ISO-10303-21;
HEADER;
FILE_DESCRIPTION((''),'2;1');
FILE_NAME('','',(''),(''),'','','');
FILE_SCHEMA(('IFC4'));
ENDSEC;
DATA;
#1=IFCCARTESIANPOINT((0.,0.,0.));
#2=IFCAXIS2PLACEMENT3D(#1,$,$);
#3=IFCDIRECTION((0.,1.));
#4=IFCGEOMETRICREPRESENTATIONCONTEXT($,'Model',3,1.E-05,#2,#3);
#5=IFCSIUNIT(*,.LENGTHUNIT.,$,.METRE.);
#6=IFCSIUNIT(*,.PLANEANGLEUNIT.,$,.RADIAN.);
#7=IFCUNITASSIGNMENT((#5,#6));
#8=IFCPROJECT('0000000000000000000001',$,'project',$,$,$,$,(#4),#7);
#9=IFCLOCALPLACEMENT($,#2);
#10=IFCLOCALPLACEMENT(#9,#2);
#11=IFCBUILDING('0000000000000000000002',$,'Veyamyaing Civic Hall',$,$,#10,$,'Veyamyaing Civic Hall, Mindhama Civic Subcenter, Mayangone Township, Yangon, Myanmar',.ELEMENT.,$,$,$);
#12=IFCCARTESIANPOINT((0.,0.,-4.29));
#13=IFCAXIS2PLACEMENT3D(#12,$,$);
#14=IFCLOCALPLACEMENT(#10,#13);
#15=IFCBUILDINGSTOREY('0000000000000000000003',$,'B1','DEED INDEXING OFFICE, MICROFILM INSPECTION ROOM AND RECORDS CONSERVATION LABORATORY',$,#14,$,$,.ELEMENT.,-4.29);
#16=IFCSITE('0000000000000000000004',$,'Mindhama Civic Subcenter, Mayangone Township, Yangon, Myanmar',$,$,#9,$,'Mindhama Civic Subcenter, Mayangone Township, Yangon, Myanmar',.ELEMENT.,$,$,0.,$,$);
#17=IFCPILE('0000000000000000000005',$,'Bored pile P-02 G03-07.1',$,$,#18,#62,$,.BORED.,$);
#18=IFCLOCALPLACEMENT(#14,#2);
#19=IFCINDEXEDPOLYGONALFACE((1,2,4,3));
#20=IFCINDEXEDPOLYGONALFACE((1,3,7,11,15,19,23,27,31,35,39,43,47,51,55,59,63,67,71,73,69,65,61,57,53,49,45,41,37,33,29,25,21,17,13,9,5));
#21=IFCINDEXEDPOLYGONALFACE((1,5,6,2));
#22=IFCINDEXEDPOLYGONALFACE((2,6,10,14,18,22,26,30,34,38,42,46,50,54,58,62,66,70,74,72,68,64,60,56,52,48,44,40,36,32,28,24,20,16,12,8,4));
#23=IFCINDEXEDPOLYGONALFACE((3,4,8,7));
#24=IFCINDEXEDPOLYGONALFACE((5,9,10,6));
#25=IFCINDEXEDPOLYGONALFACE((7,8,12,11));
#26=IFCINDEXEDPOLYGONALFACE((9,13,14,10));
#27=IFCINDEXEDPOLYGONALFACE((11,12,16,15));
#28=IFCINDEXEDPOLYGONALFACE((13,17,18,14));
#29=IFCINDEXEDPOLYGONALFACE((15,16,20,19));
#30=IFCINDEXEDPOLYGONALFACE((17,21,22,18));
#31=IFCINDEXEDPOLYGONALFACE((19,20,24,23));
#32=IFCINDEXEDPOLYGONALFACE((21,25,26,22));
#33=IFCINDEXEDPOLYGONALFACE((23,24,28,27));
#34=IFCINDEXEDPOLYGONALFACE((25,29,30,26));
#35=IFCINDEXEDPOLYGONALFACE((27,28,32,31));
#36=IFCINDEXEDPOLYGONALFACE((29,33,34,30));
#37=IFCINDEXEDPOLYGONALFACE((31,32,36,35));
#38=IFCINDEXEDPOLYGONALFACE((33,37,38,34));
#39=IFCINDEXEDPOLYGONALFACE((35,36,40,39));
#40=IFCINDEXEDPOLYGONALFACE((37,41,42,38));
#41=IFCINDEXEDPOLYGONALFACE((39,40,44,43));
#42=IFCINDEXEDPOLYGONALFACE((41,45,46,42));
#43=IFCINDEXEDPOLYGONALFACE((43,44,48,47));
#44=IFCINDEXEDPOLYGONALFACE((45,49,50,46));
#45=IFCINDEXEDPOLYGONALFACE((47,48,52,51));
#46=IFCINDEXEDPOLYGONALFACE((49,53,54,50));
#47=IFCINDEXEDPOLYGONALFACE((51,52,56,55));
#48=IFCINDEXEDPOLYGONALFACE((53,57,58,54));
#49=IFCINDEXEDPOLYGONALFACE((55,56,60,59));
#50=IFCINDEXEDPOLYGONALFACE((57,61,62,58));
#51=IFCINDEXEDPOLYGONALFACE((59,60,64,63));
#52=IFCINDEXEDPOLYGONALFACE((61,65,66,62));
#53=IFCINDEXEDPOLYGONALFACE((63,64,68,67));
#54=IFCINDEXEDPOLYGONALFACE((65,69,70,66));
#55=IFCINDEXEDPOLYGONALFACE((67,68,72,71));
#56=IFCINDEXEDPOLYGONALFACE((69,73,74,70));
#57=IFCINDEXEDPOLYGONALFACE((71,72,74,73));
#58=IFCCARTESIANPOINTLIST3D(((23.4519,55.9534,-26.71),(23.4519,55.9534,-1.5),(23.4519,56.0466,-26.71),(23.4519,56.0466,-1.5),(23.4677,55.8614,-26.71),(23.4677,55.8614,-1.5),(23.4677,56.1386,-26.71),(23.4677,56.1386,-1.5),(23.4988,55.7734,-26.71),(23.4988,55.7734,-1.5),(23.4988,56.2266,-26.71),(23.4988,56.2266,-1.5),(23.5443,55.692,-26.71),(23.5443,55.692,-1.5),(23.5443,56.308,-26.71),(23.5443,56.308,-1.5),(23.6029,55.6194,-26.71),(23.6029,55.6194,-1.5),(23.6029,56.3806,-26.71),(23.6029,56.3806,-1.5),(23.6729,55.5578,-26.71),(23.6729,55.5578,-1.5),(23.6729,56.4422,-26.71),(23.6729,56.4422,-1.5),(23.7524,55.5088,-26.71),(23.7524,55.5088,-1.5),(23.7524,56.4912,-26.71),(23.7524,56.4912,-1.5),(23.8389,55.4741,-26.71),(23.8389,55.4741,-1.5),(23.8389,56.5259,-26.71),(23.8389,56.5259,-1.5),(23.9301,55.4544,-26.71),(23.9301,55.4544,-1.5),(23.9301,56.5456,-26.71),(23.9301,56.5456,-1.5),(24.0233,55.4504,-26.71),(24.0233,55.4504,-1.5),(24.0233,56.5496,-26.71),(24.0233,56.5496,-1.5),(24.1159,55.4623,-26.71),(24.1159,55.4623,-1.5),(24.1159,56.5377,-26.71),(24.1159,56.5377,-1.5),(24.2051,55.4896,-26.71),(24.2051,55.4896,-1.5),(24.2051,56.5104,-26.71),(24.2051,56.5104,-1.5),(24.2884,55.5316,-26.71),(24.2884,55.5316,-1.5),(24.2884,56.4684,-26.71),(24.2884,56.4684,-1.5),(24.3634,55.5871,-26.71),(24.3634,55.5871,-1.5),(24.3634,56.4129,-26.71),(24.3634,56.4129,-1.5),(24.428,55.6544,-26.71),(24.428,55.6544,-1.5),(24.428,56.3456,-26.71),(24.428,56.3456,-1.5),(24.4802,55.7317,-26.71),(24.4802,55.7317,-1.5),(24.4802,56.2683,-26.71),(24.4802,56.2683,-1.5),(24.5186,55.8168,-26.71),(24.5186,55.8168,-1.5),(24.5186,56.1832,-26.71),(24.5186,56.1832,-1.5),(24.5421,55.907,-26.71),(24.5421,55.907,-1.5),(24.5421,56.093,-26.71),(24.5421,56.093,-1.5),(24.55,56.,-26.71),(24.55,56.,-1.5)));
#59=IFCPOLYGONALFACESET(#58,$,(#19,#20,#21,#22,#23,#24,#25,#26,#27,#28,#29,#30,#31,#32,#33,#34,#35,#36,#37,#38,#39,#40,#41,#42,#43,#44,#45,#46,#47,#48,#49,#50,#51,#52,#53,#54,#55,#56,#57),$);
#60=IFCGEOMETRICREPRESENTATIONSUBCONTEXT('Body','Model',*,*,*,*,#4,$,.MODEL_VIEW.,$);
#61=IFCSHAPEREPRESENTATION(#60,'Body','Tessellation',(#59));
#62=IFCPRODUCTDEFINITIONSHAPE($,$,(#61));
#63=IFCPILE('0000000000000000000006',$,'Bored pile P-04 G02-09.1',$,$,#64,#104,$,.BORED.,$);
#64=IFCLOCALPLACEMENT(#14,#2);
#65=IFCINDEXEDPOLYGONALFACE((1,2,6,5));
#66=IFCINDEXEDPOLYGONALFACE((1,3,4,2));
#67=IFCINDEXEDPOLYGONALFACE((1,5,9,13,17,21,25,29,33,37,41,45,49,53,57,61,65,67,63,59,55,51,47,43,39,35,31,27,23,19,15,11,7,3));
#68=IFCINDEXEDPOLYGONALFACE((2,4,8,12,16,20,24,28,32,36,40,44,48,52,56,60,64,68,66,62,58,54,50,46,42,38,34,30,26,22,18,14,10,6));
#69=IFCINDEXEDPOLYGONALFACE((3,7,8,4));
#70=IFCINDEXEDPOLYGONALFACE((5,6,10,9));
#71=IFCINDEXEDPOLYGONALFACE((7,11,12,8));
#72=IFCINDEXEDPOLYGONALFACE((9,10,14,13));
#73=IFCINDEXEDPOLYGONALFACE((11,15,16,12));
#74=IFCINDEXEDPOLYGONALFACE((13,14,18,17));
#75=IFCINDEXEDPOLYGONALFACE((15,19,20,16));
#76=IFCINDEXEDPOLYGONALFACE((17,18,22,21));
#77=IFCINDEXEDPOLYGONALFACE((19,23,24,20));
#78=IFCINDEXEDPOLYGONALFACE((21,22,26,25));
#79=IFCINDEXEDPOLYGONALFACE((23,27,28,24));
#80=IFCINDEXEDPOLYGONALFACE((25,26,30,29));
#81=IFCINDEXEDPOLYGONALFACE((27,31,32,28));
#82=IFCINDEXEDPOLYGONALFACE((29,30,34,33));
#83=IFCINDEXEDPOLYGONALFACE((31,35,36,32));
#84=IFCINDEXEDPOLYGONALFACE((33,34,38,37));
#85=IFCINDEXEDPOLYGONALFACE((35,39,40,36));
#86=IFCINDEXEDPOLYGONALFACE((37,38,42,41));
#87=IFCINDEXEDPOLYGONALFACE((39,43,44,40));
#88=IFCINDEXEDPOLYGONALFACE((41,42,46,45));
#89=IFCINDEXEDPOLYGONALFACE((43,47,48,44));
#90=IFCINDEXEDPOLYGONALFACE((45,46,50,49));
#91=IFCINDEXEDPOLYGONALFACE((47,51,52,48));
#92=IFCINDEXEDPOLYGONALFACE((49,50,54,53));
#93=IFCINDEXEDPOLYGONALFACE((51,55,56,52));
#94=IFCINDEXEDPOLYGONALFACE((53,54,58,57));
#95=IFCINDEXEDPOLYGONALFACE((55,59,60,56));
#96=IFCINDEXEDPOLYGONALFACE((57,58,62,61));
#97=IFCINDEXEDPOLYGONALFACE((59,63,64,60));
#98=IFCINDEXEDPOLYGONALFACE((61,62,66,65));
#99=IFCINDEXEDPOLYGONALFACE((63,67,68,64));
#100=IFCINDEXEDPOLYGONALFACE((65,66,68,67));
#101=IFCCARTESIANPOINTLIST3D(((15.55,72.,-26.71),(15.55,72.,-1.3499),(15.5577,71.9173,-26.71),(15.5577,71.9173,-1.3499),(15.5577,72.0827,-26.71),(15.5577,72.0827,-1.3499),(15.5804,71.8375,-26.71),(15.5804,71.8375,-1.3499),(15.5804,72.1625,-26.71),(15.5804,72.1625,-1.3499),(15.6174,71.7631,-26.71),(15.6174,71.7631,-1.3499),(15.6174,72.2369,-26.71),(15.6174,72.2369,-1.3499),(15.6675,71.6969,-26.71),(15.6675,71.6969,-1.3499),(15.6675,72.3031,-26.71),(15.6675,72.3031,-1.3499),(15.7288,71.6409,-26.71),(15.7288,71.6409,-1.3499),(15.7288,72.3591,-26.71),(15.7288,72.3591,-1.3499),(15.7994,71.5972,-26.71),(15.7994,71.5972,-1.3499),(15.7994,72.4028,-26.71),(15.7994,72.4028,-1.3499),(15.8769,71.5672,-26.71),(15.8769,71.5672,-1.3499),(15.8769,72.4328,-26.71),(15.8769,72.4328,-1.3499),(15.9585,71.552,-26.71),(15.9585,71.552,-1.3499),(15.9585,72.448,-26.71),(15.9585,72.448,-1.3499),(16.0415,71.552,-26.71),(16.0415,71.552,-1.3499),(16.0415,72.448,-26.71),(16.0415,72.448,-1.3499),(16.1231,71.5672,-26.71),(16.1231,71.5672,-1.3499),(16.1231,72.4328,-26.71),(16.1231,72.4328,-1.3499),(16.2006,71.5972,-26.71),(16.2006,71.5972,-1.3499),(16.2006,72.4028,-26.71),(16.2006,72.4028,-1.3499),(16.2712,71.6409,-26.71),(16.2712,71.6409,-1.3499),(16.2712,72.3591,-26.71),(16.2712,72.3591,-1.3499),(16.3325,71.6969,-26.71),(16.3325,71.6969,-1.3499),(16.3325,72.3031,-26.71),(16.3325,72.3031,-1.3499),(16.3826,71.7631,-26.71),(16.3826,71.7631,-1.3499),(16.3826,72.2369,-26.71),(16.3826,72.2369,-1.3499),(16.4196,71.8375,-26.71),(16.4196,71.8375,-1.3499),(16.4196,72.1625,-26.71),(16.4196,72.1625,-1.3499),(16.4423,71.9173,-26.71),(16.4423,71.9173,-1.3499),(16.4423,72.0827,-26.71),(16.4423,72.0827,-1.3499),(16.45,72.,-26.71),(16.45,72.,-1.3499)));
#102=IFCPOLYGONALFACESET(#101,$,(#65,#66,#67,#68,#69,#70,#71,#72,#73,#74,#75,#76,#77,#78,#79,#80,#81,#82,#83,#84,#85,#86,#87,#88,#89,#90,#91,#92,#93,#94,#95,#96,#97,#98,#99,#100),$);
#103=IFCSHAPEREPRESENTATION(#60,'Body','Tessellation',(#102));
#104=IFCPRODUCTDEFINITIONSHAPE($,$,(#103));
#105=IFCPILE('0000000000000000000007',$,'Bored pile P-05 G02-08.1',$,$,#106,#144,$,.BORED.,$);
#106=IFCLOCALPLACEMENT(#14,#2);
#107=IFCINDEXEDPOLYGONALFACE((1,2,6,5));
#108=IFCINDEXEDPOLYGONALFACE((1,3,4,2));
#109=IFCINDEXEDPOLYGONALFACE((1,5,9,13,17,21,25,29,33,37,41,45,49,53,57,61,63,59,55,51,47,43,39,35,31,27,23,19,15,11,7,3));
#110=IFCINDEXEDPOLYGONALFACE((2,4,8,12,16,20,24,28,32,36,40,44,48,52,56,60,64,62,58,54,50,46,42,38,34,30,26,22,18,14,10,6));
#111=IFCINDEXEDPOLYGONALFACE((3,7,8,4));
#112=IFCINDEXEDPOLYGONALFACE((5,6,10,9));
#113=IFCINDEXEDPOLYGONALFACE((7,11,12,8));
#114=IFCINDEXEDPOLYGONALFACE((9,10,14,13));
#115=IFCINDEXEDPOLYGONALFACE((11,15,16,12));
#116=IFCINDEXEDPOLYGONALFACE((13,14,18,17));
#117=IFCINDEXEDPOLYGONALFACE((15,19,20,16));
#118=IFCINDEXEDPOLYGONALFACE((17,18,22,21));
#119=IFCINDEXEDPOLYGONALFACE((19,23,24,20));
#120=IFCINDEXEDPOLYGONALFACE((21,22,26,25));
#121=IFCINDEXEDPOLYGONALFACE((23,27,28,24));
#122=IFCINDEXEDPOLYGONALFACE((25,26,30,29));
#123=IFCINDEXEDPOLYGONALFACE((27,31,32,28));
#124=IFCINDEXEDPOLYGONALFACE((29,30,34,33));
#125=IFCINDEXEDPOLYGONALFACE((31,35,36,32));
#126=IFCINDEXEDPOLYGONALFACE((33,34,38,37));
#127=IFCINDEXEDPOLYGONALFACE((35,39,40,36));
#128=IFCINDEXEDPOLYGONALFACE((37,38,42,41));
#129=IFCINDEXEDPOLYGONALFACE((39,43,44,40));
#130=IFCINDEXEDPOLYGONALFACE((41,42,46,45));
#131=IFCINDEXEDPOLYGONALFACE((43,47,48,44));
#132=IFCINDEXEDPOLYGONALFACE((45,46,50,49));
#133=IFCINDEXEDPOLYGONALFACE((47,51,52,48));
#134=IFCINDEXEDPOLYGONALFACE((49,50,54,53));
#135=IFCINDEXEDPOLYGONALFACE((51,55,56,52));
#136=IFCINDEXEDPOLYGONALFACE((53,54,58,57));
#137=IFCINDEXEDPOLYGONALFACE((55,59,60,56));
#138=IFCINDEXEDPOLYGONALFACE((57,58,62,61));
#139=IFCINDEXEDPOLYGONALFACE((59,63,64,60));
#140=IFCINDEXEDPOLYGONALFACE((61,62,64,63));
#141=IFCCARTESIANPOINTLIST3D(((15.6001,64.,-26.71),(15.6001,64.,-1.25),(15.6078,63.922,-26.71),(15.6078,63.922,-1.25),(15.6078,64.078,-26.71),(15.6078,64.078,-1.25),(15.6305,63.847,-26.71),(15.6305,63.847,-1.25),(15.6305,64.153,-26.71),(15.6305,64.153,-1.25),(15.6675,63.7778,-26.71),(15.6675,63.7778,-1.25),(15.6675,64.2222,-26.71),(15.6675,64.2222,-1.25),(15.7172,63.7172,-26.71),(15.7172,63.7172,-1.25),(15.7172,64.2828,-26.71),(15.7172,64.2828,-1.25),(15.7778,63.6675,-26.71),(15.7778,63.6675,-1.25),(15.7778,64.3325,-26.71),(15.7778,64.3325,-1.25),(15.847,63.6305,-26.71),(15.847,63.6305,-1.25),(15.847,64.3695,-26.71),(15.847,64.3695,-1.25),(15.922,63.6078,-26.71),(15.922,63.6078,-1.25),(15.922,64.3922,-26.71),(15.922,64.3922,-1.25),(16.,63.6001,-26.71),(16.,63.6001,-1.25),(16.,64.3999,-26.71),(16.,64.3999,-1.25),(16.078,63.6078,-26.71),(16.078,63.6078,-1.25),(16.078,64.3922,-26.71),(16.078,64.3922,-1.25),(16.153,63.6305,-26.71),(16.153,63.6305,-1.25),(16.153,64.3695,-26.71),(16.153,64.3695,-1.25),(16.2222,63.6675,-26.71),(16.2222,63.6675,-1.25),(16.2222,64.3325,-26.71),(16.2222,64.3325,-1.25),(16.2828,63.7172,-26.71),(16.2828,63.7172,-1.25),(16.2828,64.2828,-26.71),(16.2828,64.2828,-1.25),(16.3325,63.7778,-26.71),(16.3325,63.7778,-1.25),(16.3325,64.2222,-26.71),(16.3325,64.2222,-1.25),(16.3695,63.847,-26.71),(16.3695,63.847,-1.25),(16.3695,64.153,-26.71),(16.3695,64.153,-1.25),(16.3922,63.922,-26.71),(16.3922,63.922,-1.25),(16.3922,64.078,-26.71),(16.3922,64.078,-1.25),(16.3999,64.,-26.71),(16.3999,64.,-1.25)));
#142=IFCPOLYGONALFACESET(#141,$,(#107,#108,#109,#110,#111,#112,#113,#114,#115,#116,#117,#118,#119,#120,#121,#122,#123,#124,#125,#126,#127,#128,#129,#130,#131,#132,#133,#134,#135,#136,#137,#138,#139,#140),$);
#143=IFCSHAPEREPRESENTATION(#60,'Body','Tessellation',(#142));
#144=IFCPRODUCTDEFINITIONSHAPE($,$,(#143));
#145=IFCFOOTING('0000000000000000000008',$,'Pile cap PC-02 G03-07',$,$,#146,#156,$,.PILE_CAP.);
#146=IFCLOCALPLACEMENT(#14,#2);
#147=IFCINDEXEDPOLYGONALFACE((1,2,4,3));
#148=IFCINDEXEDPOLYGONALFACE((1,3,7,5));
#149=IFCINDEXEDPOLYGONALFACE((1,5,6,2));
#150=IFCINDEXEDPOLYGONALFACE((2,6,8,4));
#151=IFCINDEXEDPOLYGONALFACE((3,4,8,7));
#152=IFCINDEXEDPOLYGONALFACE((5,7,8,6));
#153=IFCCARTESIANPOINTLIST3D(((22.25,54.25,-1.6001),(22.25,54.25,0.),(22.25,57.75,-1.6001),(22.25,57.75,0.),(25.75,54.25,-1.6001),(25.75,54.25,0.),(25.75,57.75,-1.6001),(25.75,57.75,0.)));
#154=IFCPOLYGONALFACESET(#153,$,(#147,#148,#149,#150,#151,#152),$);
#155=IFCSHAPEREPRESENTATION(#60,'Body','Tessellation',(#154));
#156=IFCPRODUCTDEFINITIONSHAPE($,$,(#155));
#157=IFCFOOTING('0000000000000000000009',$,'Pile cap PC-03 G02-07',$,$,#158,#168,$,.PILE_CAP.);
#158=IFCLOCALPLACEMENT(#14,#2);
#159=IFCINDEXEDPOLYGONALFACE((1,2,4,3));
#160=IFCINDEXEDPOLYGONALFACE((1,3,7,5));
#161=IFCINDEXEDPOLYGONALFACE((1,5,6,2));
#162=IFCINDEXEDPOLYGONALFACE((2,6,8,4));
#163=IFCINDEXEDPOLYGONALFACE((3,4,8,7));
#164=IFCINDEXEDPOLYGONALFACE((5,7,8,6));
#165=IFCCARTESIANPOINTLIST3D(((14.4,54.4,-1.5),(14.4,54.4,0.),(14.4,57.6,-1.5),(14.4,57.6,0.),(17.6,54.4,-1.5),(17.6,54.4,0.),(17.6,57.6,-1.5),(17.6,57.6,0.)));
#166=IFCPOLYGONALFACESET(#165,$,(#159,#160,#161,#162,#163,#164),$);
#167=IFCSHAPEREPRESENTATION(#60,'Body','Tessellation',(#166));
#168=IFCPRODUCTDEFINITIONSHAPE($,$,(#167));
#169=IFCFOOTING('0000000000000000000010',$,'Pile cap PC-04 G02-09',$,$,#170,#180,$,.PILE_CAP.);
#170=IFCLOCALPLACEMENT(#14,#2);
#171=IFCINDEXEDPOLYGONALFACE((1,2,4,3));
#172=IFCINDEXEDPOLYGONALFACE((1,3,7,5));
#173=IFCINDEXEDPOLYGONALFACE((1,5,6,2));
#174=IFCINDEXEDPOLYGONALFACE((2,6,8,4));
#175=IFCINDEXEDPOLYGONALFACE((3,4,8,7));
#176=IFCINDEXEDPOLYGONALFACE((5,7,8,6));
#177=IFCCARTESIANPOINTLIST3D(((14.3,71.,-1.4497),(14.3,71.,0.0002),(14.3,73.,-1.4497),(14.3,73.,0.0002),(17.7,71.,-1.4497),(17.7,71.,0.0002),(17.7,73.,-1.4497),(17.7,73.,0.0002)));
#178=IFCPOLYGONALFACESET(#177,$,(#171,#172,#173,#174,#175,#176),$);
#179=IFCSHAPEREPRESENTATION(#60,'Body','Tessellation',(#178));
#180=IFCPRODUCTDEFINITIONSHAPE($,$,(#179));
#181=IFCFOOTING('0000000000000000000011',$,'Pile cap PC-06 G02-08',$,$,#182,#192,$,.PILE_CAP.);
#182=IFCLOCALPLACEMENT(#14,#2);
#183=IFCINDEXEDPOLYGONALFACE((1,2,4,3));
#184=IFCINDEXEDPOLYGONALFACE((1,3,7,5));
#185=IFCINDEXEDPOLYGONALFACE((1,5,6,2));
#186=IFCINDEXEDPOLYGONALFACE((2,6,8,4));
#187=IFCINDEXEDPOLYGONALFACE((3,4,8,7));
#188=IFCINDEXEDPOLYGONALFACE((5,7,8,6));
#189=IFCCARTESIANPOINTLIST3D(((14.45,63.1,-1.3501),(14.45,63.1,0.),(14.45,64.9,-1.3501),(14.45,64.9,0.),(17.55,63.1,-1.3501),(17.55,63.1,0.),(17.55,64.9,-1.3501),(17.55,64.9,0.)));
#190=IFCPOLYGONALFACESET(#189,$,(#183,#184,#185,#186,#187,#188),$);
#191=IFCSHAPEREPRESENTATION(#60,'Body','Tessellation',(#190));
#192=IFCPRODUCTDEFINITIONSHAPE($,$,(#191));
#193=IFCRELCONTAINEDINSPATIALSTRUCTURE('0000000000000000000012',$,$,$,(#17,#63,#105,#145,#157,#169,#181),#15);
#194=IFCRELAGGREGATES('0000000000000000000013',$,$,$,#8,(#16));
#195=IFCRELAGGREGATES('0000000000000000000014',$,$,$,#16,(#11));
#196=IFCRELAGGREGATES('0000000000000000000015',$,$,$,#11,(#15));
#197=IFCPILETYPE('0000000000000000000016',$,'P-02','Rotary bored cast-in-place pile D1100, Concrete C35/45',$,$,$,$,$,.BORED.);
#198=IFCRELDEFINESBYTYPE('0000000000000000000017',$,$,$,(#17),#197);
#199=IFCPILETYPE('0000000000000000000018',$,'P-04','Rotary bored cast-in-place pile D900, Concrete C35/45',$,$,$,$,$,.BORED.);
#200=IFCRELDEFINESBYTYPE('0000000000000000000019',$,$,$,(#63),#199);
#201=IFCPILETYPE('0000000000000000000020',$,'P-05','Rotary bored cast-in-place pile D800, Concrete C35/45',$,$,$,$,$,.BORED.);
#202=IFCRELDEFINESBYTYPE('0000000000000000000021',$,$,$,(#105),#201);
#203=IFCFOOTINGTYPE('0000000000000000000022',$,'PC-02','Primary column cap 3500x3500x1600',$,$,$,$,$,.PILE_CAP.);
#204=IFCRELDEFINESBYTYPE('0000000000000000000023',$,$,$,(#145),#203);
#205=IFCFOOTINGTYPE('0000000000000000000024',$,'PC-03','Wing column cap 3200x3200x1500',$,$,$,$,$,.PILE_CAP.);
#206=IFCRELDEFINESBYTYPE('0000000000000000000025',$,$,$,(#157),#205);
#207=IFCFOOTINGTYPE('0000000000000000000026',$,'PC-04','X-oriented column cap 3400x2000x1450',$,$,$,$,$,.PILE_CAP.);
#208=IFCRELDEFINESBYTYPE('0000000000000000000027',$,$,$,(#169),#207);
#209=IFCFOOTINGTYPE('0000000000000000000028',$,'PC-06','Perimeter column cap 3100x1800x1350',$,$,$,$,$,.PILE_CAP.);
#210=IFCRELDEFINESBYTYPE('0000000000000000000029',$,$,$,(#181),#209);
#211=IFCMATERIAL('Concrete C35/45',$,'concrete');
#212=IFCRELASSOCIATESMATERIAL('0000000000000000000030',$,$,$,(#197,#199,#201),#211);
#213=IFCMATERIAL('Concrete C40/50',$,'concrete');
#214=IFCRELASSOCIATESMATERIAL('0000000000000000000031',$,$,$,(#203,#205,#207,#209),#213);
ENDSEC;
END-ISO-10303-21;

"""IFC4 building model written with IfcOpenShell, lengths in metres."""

from ifc_helpers import new_model, si_unit, direction, frame, origin, origin_2d, place, context, subcontext, project, spatial, rectangle, circle, extrude, material, material_profile, profile_set, type_object, element, save


model = new_model("IFC4")

# Units and contexts
model_context = context("Model", 3, precision=1e-05, world=origin(), true_north=direction((0.0, 1.0)))
body_context = subcontext(model_context, "Body", "Model", "MODEL_VIEW")
ifc_project = project(units=[si_unit("LENGTHUNIT", "METRE"), si_unit("PLANEANGLEUNIT", "RADIAN")], contexts=[model_context])

# Site, building, storey
site_placement = place(None, origin())
site = spatial("IfcSite", under=ifc_project, at=site_placement, Name="Mindhama Civic Subcenter, Mayangone Township, Yangon, Myanmar", LongName="Mindhama Civic Subcenter, Mayangone Township, Yangon, Myanmar", CompositionType="ELEMENT", RefElevation=0.0)
building_placement = place(site_placement, origin())
building = spatial("IfcBuilding", under=site, at=building_placement, Name="Veyamyaing Civic Hall", LongName="Veyamyaing Civic Hall, Mindhama Civic Subcenter, Mayangone Township, Yangon, Myanmar", CompositionType="ELEMENT")
storey_placement = place(building_placement, frame((0.0, 0.0, -4.29)))
storey = spatial("IfcBuildingStorey", under=building, at=storey_placement, Name="B1", Description="DEED INDEXING OFFICE, MICROFILM INSPECTION ROOM AND RECORDS CONSERVATION LABORATORY", CompositionType="ELEMENT", Elevation=-4.29)

# Shared definitions
ifc_material_1 = material(Name="Concrete C40/50", Category="concrete")

# Piles
ifc_material_2 = material(Name="Concrete C35/45", Category="concrete")
ifc_material_profile_1 = material_profile(ifc_material_2, circle(Radius=0.55, at=origin_2d()), Name="PILE-D1100")
ifc_profile_set_1 = profile_set([ifc_material_profile_1], Name="Concrete C35/45")
pile_type_1 = type_object("IfcPileType", Name="P-02", Description="Rotary bored cast-in-place pile D1100, Concrete C35/45", PredefinedType="BORED", material=ifc_profile_set_1)
pile_1_placement = place(storey_placement, frame((24.0, 56.0, -1.5), z_axis=(0.0, 0.0, -1.0), x_axis=(1.0, 0.0, 0.0)))
element("IfcPile", 1, at=pile_1_placement, inside=storey, type_object=pile_type_1, Name="Bored pile P-02 G03-07.1", PredefinedType="BORED", context=body_context, shape_type="SweptSolid", body=[
    extrude(circle(Radius=0.55, at=origin_2d()), origin(), (0.0, 0.0, 1.0), 25.21),
])
ifc_material_profile_2 = material_profile(ifc_material_2, circle(Radius=0.45, at=origin_2d()), Name="PILE-D900")
ifc_profile_set_2 = profile_set([ifc_material_profile_2], Name="Concrete C35/45")
pile_type_2 = type_object("IfcPileType", Name="P-04", Description="Rotary bored cast-in-place pile D900, Concrete C35/45", PredefinedType="BORED", material=ifc_profile_set_2)
pile_2_placement = place(storey_placement, frame((16.0, 72.0, -1.3499), z_axis=(0.0, 0.0, -1.0), x_axis=(1.0, 0.0, 0.0)))
element("IfcPile", 2, at=pile_2_placement, inside=storey, type_object=pile_type_2, Name="Bored pile P-04 G02-09.1", PredefinedType="BORED", context=body_context, shape_type="SweptSolid", body=[
    extrude(circle(Radius=0.45, at=origin_2d()), origin(), (0.0, 0.0, 1.0), 25.3601),
])
ifc_material_profile_3 = material_profile(ifc_material_2, circle(Radius=0.3999, at=origin_2d()), Name="PILE-D800")
ifc_profile_set_3 = profile_set([ifc_material_profile_3], Name="Concrete C35/45")
pile_type_3 = type_object("IfcPileType", Name="P-05", Description="Rotary bored cast-in-place pile D800, Concrete C35/45", PredefinedType="BORED", material=ifc_profile_set_3)
pile_3_placement = place(storey_placement, frame((16.0, 64.0, -1.25), z_axis=(0.0, 0.0, -1.0), x_axis=(1.0, 0.0, 0.0)))
element("IfcPile", 3, at=pile_3_placement, inside=storey, type_object=pile_type_3, Name="Bored pile P-05 G02-08.1", PredefinedType="BORED", context=body_context, shape_type="SweptSolid", body=[
    extrude(circle(Radius=0.3999, at=origin_2d()), origin(), (0.0, 0.0, 1.0), 25.46),
])

# Footings
footing_type_1 = type_object("IfcFootingType", Name="PC-02", Description="Primary column cap 3500x3500x1600", PredefinedType="PILE_CAP", material=ifc_material_1)
footing_1_placement = place(storey_placement, frame((24.0, 56.0, -1.6001), z_axis=(0.0, 0.0, 1.0), x_axis=(1.0, 0.0, 0.0)))
element("IfcFooting", 4, at=footing_1_placement, inside=storey, type_object=footing_type_1, Name="Pile cap PC-02 G03-07", PredefinedType="PILE_CAP", context=body_context, shape_type="SweptSolid", body=[
    extrude(rectangle(XDim=3.5, YDim=3.5, at=origin_2d()), origin(), (0.0, 0.0, 1.0), 1.6001),
])
footing_type_2 = type_object("IfcFootingType", Name="PC-03", Description="Wing column cap 3200x3200x1500", PredefinedType="PILE_CAP", material=ifc_material_1)
footing_2_placement = place(storey_placement, frame((16.0, 56.0, -1.5), z_axis=(0.0, 0.0, 1.0), x_axis=(1.0, 0.0, 0.0)))
element("IfcFooting", 5, at=footing_2_placement, inside=storey, type_object=footing_type_2, Name="Pile cap PC-03 G02-07", PredefinedType="PILE_CAP", context=body_context, shape_type="SweptSolid", body=[
    extrude(rectangle(XDim=3.2, YDim=3.2, at=origin_2d()), origin(), (0.0, 0.0, 1.0), 1.5),
])
footing_type_3 = type_object("IfcFootingType", Name="PC-04", Description="X-oriented column cap 3400x2000x1450", PredefinedType="PILE_CAP", material=ifc_material_1)
footing_3_placement = place(storey_placement, frame((16.0, 72.0, -1.4497), z_axis=(0.0, 0.0, 1.0), x_axis=(1.0, 0.0, 0.0)))
element("IfcFooting", 6, at=footing_3_placement, inside=storey, type_object=footing_type_3, Name="Pile cap PC-04 G02-09", PredefinedType="PILE_CAP", context=body_context, shape_type="SweptSolid", body=[
    extrude(rectangle(XDim=3.3999, YDim=2.0, at=origin_2d()), origin(), (0.0, 0.0, 1.0), 1.45),
])
footing_type_4 = type_object("IfcFootingType", Name="PC-06", Description="Perimeter column cap 3100x1800x1350", PredefinedType="PILE_CAP", material=ifc_material_1)
footing_4_placement = place(storey_placement, frame((16.0, 64.0, -1.3501), z_axis=(0.0, 0.0, 1.0), x_axis=(1.0, 0.0, 0.0)))
element("IfcFooting", 7, at=footing_4_placement, inside=storey, type_object=footing_type_4, Name="Pile cap PC-06 G02-08", PredefinedType="PILE_CAP", context=body_context, shape_type="SweptSolid", body=[
    extrude(rectangle(XDim=3.1001, YDim=1.8, at=origin_2d()), origin(), (0.0, 0.0, 1.0), 1.3501),
])

save(model, "model.ifc")
